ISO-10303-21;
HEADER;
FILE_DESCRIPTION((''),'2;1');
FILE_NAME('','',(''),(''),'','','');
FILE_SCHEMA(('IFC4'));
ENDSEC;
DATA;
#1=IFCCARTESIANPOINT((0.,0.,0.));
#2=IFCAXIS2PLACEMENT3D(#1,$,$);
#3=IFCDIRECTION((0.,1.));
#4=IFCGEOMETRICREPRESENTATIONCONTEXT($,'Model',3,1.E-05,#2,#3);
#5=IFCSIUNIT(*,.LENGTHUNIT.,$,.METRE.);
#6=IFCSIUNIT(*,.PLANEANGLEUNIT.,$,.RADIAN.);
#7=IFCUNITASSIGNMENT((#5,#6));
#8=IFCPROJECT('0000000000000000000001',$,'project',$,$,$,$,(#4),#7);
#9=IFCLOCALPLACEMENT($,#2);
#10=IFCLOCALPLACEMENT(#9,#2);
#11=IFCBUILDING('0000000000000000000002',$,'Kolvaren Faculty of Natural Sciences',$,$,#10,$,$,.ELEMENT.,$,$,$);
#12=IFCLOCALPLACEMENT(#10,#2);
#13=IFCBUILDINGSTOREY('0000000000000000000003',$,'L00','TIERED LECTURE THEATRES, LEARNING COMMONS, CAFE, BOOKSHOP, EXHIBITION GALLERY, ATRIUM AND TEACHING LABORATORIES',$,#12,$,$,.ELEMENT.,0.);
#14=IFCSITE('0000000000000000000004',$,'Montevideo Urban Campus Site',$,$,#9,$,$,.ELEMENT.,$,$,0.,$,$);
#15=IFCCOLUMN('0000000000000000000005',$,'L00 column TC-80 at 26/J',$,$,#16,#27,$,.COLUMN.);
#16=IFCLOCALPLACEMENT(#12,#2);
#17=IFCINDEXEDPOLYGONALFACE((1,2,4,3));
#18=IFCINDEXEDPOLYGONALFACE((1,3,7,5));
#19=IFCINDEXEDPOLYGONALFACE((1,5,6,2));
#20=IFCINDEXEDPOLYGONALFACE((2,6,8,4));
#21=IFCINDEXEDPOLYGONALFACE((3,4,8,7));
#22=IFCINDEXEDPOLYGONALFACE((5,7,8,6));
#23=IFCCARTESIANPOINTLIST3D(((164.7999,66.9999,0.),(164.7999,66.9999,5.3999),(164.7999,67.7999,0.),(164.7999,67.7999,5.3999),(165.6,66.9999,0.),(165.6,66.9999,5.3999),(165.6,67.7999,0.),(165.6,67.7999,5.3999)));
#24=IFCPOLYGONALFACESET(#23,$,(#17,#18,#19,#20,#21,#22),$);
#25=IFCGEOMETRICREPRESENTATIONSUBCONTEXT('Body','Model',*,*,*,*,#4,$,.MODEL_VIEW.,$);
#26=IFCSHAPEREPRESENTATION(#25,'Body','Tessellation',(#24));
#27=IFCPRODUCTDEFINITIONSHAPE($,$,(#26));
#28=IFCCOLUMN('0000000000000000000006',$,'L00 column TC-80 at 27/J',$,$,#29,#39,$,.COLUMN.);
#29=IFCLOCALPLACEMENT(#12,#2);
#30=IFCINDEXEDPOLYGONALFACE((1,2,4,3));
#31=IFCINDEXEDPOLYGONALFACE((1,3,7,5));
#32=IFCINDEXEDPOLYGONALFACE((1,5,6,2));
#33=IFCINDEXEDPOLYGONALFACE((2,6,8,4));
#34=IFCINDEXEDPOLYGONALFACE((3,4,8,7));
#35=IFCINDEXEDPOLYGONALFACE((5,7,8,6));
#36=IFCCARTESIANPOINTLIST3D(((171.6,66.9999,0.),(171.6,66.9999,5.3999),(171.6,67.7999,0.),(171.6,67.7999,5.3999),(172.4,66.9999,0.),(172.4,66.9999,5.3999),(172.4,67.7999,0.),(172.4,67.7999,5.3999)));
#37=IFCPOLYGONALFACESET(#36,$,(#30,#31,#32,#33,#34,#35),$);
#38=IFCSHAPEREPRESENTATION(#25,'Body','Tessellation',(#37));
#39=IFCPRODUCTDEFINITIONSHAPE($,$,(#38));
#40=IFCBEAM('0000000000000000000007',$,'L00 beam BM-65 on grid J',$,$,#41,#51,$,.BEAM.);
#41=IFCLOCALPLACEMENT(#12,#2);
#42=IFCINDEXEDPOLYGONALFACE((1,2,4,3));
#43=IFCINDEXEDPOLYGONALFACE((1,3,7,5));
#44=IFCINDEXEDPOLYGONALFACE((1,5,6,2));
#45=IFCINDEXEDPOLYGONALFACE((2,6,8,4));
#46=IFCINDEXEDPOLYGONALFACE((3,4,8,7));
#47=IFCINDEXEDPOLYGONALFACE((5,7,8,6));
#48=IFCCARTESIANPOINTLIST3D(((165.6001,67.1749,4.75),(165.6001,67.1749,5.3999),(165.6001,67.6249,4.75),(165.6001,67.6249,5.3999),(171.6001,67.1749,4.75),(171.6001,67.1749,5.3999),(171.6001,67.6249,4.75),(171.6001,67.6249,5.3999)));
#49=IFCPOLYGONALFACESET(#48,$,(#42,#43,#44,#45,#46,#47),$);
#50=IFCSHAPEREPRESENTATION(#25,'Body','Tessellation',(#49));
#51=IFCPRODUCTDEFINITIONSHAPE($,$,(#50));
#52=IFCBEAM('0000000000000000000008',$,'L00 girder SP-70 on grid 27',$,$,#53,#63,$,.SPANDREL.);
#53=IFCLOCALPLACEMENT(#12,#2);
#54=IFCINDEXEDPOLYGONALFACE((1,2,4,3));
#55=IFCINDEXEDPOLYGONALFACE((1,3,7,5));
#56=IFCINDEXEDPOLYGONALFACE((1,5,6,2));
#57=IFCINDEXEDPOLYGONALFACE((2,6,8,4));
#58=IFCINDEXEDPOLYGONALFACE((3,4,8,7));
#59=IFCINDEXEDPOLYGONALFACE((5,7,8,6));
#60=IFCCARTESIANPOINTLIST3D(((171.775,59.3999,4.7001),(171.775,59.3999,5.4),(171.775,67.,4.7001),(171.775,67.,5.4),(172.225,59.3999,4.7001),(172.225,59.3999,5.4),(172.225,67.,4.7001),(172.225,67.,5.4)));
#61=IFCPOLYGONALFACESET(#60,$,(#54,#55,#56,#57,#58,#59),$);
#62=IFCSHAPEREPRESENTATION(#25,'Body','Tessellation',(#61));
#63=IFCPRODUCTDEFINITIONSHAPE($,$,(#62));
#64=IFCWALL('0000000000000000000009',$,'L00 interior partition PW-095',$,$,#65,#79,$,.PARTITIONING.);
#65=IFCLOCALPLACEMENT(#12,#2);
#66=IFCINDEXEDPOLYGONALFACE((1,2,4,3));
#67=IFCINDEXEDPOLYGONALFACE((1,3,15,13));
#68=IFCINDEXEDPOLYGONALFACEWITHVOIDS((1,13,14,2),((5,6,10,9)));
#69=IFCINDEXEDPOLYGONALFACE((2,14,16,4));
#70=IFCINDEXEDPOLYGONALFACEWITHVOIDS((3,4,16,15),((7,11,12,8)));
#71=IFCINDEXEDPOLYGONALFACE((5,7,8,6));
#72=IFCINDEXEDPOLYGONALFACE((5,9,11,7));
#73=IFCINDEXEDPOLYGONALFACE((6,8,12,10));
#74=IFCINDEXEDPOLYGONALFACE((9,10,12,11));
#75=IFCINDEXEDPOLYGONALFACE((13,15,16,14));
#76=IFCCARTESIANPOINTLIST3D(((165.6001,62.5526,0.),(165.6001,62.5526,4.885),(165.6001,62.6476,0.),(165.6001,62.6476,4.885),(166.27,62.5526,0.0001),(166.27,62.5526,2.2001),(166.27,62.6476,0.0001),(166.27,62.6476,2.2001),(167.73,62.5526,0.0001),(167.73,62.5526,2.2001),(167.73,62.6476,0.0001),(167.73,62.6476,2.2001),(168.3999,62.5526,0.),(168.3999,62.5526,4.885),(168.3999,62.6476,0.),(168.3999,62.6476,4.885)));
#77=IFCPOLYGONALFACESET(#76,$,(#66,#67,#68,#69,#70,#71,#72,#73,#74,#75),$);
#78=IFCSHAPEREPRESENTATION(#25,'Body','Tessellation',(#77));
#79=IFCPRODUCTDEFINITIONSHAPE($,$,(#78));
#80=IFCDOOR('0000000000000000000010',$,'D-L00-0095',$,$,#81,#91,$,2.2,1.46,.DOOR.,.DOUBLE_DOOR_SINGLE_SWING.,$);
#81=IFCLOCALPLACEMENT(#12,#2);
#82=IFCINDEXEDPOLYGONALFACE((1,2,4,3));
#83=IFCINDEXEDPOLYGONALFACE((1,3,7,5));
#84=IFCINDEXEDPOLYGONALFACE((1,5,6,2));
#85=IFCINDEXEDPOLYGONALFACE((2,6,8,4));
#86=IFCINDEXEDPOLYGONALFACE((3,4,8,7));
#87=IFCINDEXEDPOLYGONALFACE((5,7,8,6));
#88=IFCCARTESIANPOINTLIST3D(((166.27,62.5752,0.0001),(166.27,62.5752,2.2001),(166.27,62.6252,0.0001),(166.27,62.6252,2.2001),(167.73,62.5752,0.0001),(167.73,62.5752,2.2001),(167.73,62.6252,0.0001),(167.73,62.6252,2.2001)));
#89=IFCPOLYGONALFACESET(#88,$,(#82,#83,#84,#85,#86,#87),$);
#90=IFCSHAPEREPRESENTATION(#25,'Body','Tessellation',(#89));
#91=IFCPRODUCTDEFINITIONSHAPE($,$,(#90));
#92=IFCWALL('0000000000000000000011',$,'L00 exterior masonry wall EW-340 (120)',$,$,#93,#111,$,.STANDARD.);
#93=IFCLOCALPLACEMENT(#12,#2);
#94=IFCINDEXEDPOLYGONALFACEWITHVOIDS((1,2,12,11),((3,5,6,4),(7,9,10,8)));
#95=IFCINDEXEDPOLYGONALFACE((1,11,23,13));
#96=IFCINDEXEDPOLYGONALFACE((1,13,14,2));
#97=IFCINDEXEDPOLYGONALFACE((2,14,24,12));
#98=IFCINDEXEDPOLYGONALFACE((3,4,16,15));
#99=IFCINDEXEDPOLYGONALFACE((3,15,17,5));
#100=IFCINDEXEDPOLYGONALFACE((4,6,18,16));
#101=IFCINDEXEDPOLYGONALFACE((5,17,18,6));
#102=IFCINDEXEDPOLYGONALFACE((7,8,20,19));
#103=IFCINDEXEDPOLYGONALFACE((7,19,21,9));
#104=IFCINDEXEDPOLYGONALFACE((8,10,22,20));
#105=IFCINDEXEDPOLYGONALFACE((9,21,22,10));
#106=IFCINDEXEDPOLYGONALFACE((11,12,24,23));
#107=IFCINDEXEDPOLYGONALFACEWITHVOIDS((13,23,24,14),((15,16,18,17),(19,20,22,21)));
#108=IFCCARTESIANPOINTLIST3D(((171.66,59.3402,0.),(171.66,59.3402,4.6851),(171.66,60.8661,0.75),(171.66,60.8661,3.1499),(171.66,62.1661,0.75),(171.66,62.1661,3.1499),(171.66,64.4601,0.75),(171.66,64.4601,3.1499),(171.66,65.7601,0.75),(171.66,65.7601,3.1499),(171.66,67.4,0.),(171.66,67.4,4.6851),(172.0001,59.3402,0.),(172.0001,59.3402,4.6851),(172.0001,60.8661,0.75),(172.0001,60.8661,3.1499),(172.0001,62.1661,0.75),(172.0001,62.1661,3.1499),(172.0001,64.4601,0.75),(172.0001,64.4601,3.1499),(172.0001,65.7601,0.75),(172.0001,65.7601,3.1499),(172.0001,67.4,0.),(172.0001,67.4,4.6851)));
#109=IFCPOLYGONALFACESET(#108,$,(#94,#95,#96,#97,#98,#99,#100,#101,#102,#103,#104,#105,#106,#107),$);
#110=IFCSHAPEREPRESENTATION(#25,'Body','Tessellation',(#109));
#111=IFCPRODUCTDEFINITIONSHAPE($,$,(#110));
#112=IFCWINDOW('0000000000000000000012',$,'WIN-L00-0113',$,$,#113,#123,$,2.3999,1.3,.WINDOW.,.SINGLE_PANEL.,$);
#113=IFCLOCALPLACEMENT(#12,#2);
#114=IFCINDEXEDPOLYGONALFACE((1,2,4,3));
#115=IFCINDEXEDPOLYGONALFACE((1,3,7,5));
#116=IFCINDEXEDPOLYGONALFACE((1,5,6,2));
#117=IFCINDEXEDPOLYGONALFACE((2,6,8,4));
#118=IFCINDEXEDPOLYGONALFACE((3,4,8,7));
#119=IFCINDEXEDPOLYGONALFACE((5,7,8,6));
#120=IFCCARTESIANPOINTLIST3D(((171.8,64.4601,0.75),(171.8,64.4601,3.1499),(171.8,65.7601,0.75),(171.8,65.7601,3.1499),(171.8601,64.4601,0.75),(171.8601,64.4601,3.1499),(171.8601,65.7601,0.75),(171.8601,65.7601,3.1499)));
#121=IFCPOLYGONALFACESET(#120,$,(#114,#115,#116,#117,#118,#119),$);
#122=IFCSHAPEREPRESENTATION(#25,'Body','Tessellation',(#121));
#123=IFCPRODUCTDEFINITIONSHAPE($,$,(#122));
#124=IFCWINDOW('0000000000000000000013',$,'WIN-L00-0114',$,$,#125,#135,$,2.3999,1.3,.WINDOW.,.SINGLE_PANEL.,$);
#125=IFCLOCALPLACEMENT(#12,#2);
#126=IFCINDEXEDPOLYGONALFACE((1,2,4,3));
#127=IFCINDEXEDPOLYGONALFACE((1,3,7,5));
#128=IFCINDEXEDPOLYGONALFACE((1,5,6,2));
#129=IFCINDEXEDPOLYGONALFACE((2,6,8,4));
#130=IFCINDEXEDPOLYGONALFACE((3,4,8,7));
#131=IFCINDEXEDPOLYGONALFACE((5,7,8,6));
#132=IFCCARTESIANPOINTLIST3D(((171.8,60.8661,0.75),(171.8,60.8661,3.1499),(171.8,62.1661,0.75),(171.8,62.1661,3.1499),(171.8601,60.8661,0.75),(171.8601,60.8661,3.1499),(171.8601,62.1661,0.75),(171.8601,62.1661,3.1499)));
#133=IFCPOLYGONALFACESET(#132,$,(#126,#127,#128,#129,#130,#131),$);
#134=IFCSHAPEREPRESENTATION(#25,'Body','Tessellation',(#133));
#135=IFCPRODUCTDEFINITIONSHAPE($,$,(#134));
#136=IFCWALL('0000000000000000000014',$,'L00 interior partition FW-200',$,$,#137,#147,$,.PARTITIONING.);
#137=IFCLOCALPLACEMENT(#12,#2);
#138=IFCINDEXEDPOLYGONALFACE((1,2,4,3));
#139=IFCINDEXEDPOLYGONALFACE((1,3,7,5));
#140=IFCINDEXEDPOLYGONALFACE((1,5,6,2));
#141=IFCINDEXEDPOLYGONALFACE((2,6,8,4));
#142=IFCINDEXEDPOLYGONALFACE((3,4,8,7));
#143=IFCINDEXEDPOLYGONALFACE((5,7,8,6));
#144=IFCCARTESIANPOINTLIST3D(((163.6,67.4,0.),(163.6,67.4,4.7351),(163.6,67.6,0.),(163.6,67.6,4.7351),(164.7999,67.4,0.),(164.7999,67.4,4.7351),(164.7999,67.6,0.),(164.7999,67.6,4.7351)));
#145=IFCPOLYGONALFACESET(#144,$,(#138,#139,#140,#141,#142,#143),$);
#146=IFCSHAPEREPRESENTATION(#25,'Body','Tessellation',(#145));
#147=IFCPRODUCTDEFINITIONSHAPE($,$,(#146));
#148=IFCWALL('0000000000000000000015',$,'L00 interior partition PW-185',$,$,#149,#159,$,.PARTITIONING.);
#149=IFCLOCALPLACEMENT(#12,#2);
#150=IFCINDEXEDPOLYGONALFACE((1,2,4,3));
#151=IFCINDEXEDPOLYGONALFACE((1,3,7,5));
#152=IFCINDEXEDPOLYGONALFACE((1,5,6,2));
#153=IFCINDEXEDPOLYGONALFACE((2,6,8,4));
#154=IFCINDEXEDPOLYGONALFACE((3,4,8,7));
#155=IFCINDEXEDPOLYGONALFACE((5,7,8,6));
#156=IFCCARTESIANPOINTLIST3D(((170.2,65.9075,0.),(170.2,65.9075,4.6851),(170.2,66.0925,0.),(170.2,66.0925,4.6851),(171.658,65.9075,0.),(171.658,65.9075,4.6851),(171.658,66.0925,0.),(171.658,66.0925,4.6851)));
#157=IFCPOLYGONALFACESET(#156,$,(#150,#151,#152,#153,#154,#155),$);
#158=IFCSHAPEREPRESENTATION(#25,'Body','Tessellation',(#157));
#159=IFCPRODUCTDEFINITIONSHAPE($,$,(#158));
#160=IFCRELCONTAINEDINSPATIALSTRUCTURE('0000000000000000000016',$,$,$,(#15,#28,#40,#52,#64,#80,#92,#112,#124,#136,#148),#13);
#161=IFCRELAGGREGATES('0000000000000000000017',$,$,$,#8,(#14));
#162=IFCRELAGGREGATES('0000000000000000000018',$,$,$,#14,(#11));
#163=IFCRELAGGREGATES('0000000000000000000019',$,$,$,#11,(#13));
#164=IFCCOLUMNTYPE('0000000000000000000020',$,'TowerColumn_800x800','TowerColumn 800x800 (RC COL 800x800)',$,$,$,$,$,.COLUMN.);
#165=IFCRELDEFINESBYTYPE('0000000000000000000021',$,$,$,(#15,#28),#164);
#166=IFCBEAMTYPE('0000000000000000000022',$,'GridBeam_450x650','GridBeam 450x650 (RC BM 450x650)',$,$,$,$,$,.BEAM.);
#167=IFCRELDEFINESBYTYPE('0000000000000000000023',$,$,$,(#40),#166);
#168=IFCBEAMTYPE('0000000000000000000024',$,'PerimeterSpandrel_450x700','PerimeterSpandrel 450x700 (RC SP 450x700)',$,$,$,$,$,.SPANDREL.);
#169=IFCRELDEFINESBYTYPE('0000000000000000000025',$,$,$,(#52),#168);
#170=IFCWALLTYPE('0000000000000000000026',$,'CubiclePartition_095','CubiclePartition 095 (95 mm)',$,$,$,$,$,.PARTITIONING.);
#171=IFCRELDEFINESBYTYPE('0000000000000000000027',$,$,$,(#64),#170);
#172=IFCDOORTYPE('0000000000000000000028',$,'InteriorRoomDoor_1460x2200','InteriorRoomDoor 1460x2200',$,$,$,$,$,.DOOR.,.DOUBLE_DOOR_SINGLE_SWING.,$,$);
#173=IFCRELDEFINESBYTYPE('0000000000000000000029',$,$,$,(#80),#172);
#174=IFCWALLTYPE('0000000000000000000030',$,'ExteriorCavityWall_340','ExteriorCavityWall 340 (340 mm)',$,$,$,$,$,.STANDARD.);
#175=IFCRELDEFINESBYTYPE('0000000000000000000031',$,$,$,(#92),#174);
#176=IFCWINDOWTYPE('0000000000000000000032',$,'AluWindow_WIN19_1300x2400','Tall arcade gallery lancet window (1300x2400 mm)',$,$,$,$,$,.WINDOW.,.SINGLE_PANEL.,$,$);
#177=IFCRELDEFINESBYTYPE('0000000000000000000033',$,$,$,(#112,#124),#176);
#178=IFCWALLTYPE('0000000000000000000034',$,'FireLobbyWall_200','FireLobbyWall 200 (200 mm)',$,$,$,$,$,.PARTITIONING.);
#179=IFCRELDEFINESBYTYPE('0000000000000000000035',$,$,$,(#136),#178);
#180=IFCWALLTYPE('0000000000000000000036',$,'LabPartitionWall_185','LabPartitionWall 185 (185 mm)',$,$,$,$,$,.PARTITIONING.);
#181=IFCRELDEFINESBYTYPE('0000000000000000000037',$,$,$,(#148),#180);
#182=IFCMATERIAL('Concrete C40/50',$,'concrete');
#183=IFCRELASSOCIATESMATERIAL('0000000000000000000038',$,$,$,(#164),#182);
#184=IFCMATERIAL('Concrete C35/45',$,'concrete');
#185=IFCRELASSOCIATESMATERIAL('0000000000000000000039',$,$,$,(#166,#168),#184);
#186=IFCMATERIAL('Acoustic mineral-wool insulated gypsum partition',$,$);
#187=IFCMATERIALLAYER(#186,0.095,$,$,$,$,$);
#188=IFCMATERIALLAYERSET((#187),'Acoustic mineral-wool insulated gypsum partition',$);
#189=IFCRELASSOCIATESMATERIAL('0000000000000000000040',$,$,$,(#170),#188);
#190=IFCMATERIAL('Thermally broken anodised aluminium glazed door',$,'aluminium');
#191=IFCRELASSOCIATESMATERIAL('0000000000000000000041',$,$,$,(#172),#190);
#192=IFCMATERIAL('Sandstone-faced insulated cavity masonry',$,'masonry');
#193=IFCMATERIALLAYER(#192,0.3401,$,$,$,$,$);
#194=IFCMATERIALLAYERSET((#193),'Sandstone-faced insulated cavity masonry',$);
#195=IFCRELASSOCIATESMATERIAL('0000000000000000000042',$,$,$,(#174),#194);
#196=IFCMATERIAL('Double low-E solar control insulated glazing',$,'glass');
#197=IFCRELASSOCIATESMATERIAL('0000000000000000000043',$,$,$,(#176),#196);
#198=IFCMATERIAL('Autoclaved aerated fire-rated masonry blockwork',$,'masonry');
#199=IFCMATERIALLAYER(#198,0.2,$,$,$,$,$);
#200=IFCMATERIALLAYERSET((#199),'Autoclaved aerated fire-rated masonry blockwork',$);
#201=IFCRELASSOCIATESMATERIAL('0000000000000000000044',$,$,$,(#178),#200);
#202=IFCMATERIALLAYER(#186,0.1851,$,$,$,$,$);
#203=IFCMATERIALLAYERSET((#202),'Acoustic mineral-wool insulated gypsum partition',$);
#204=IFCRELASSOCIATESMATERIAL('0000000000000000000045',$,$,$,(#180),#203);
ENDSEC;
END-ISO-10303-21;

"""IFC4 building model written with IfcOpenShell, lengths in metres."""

from ifc_helpers import new_model, si_unit, direction, frame, frame_2d, origin, origin_2d, place, context, subcontext, project, spatial, rectangle, extrude, material, layer, layer_set, material_profile, profile_set, type_object, element, fill, save


model = new_model("IFC4")

# Units and contexts
model_context = context("Model", 3, precision=1e-05, world=origin(), true_north=direction((0.0, 1.0)))
body_context = subcontext(model_context, "Body", "Model", "MODEL_VIEW")
ifc_project = project(units=[si_unit("LENGTHUNIT", "METRE"), si_unit("PLANEANGLEUNIT", "RADIAN")], contexts=[model_context])

# Site, building, storey
site_placement = place(None, origin())
site = spatial("IfcSite", under=ifc_project, at=site_placement, Name="Montevideo Urban Campus Site", CompositionType="ELEMENT", RefElevation=0.0)
building_placement = place(site_placement, origin())
building = spatial("IfcBuilding", under=site, at=building_placement, Name="Kolvaren Faculty of Natural Sciences", CompositionType="ELEMENT")
storey_placement = place(building_placement, origin())
storey = spatial("IfcBuildingStorey", under=building, at=storey_placement, Name="L00", Description="TIERED LECTURE THEATRES, LEARNING COMMONS, CAFE, BOOKSHOP, EXHIBITION GALLERY, ATRIUM AND TEACHING LABORATORIES", CompositionType="ELEMENT", Elevation=0.0)

# Columns
ifc_material_1 = material(Name="Concrete C40/50", Category="concrete")
ifc_material_profile_1 = material_profile(ifc_material_1, rectangle(XDim=0.8, YDim=0.8, at=origin_2d()), Name="RC COL 800x800")
ifc_profile_set_1 = profile_set([ifc_material_profile_1], Name="Concrete C40/50")
column_type = type_object("IfcColumnType", Name="TowerColumn_800x800", Description="TowerColumn 800x800 (RC COL 800x800)", PredefinedType="COLUMN", material=ifc_profile_set_1)
for number, where, z_axis, x_axis, name in (
    (1, (165.2, 67.3999, 0.0), (0.0, 0.0, 1.0), (1.0, 0.0, 0.0), "L00 column TC-80 at 26/J"),
    (2, (172.0, 67.3999, 0.0), (0.0, 0.0, 1.0), (1.0, 0.0, 0.0), "L00 column TC-80 at 27/J"),
):
    element("IfcColumn", number, at=place(storey_placement, frame(where, z_axis=z_axis, x_axis=x_axis)), inside=storey, type_object=column_type, Name=name, PredefinedType="COLUMN", context=body_context, shape_type="SweptSolid", body=[
        extrude(rectangle(XDim=0.8, YDim=0.8, at=origin_2d()), origin(), (0.0, 0.0, 1.0), 5.3999),
    ])

# Beams
ifc_material_2 = material(Name="Concrete C35/45", Category="concrete")
ifc_material_profile_2 = material_profile(ifc_material_2, rectangle(XDim=0.45, YDim=0.6499, at=origin_2d()), Name="RC BM 450x650")
ifc_profile_set_2 = profile_set([ifc_material_profile_2], Name="Concrete C35/45")
beam_type_1 = type_object("IfcBeamType", Name="GridBeam_450x650", Description="GridBeam 450x650 (RC BM 450x650)", PredefinedType="BEAM", material=ifc_profile_set_2)
beam_1_placement = place(storey_placement, frame((165.6001, 67.3999, 5.075), z_axis=(1.0, 0.0, 0.0), x_axis=(0.0, 1.0, 0.0)))
element("IfcBeam", 3, at=beam_1_placement, inside=storey, type_object=beam_type_1, Name="L00 beam BM-65 on grid J", PredefinedType="BEAM", context=body_context, shape_type="SweptSolid", body=[
    extrude(rectangle(XDim=0.45, YDim=0.6499, at=origin_2d()), origin(), (0.0, 0.0, 1.0), 6.0),
])
ifc_material_profile_3 = material_profile(ifc_material_2, rectangle(XDim=0.45, YDim=0.7, at=origin_2d()), Name="RC SP 450x700")
ifc_profile_set_3 = profile_set([ifc_material_profile_3], Name="Concrete C35/45")
beam_type_2 = type_object("IfcBeamType", Name="PerimeterSpandrel_450x700", Description="PerimeterSpandrel 450x700 (RC SP 450x700)", PredefinedType="SPANDREL", material=ifc_profile_set_3)
beam_2_placement = place(storey_placement, frame((172.0, 59.3999, 5.05), z_axis=(0.0, 1.0, 0.0), x_axis=(-1.0, 0.0, 0.0)))
element("IfcBeam", 4, at=beam_2_placement, inside=storey, type_object=beam_type_2, Name="L00 girder SP-70 on grid 27", PredefinedType="SPANDREL", context=body_context, shape_type="SweptSolid", body=[
    extrude(rectangle(XDim=0.45, YDim=0.7, at=origin_2d()), origin(), (0.0, 0.0, 1.0), 7.6001),
])

# Wall, opening, door
ifc_material_3 = material(Name="Acoustic mineral-wool insulated gypsum partition")
ifc_layer_1 = layer(ifc_material_3, 0.095)
ifc_layer_set_1 = layer_set([ifc_layer_1], Name="Acoustic mineral-wool insulated gypsum partition")
wall_type_1 = type_object("IfcWallType", Name="CubiclePartition_095", Description="CubiclePartition 095 (95 mm)", PredefinedType="PARTITIONING", material=ifc_layer_set_1)
wall_1_placement = place(storey_placement, frame((168.3999, 62.6001, 0.0), z_axis=(0.0, 0.0, 1.0), x_axis=(-1.0, 0.0, 0.0)))
wall_1 = element("IfcWall", 5, at=wall_1_placement, inside=storey, type_object=wall_type_1, Name="L00 interior partition PW-095", PredefinedType="PARTITIONING", context=body_context, shape_type="SweptSolid", body=[
    extrude(rectangle(XDim=2.7998, YDim=0.095, at=frame_2d((1.3999, 0.0))), origin(), (0.0, 0.0, 1.0), 4.885),
])
opening_1_placement = place(wall_1_placement, frame((0.6699, 0.0, 0.0)))
opening_1 = element("IfcOpeningElement", 6, at=opening_1_placement, cuts=wall_1, PredefinedType="OPENING", context=body_context, shape_type="SweptSolid", body=[
    extrude(rectangle(XDim=1.46, YDim=2.2, at=frame_2d((0.73, 1.1001))), frame((0.0, 0.0574, 0.0), z_axis=(0.0, -1.0, 0.0), x_axis=(1.0, 0.0, 0.0)), (0.0, 0.0, 1.0), 0.115),
])
ifc_material_4 = material(Name="Thermally broken anodised aluminium glazed door", Category="aluminium")
door_type_1 = type_object("IfcDoorType", Name="InteriorRoomDoor_1460x2200", Description="InteriorRoomDoor 1460x2200", OperationType="DOUBLE_DOOR_SINGLE_SWING", PredefinedType="DOOR", material=ifc_material_4)
door_1_placement = place(opening_1_placement, origin())
door_1 = element("IfcDoor", 7, at=door_1_placement, inside=storey, type_object=door_type_1, Name="D-L00-0095", OperationType="DOUBLE_DOOR_SINGLE_SWING", OverallHeight=2.2, OverallWidth=1.46, PredefinedType="DOOR", context=body_context, shape_type="SweptSolid", body=[
    extrude(rectangle(XDim=1.46, YDim=2.2, at=frame_2d((0.73, 1.1001))), frame((0.0, 0.0249, 0.0), z_axis=(0.0, -1.0, 0.0), x_axis=(1.0, 0.0, 0.0)), (0.0, 0.0, 1.0), 0.05),
])
fill(opening_1, door_1)

# Wall, openings, windows
ifc_material_5 = material(Name="Sandstone-faced insulated cavity masonry", Category="masonry")
ifc_layer_2 = layer(ifc_material_5, 0.3401)
ifc_layer_set_2 = layer_set([ifc_layer_2], Name="Sandstone-faced insulated cavity masonry")
wall_type_2 = type_object("IfcWallType", Name="ExteriorCavityWall_340", Description="ExteriorCavityWall 340 (340 mm)", PredefinedType="STANDARD", material=ifc_layer_set_2)
wall_2_placement = place(storey_placement, frame((171.8301, 67.3999, 0.0), z_axis=(0.0, 0.0, 1.0), x_axis=(0.0, -1.0, 0.0)))
wall_2 = element("IfcWall", 8, at=wall_2_placement, inside=storey, type_object=wall_type_2, Name="L00 exterior masonry wall EW-340 (120)", PredefinedType="STANDARD", context=body_context, shape_type="SweptSolid", body=[
    extrude(rectangle(XDim=8.0598, YDim=0.3401, at=frame_2d((4.0298, 0.0))), origin(), (0.0, 0.0, 1.0), 4.6851),
])
opening_2_placement = place(wall_2_placement, frame((1.6399, 0.0, 0.75)))
opening_2 = element("IfcOpeningElement", 9, at=opening_2_placement, cuts=wall_2, PredefinedType="OPENING", context=body_context, shape_type="SweptSolid", body=[
    extrude(rectangle(XDim=1.3, YDim=2.3999, at=frame_2d((0.6499, 1.2))), frame((0.0, 0.1799, 0.0), z_axis=(0.0, -1.0, 0.0), x_axis=(1.0, 0.0, 0.0)), (0.0, 0.0, 1.0), 0.3601),
])
opening_3_placement = place(wall_2_placement, frame((5.2339, 0.0, 0.75)))
opening_3 = element("IfcOpeningElement", 10, at=opening_3_placement, cuts=wall_2, PredefinedType="OPENING", context=body_context, shape_type="SweptSolid", body=[
    extrude(rectangle(XDim=1.3, YDim=2.3999, at=frame_2d((0.6499, 1.2))), frame((0.0, 0.1799, 0.0), z_axis=(0.0, -1.0, 0.0), x_axis=(1.0, 0.0, 0.0)), (0.0, 0.0, 1.0), 0.3601),
])
ifc_material_6 = material(Name="Double low-E solar control insulated glazing", Category="glass")
window_type = type_object("IfcWindowType", Name="AluWindow_WIN19_1300x2400", Description="Tall arcade gallery lancet window (1300x2400 mm)", PartitioningType="SINGLE_PANEL", PredefinedType="WINDOW", material=ifc_material_6)
window_1_placement = place(opening_2_placement, origin())
window_1 = element("IfcWindow", 11, at=window_1_placement, inside=storey, type_object=window_type, Name="WIN-L00-0113", OverallHeight=2.3999, OverallWidth=1.3, PartitioningType="SINGLE_PANEL", PredefinedType="WINDOW", context=body_context, shape_type="SweptSolid", body=[
    extrude(rectangle(XDim=1.3, YDim=2.3999, at=frame_2d((0.6499, 1.2))), frame((0.0, 0.03, 0.0), z_axis=(0.0, -1.0, 0.0), x_axis=(1.0, 0.0, 0.0)), (0.0, 0.0, 1.0), 0.0601),
])
fill(opening_2, window_1)
window_2_placement = place(opening_3_placement, origin())
window_2 = element("IfcWindow", 12, at=window_2_placement, inside=storey, type_object=window_type, Name="WIN-L00-0114", OverallHeight=2.3999, OverallWidth=1.3, PartitioningType="SINGLE_PANEL", PredefinedType="WINDOW", context=body_context, shape_type="SweptSolid", body=[
    extrude(rectangle(XDim=1.3, YDim=2.3999, at=frame_2d((0.6499, 1.2))), frame((0.0, 0.03, 0.0), z_axis=(0.0, -1.0, 0.0), x_axis=(1.0, 0.0, 0.0)), (0.0, 0.0, 1.0), 0.0601),
])
fill(opening_3, window_2)

# Walls
ifc_material_7 = material(Name="Autoclaved aerated fire-rated masonry blockwork", Category="masonry")
ifc_layer_3 = layer(ifc_material_7, 0.2)
ifc_layer_set_3 = layer_set([ifc_layer_3], Name="Autoclaved aerated fire-rated masonry blockwork")
wall_type_3 = type_object("IfcWallType", Name="FireLobbyWall_200", Description="FireLobbyWall 200 (200 mm)", PredefinedType="PARTITIONING", material=ifc_layer_set_3)
wall_3_placement = place(storey_placement, frame((164.8, 67.5, 0.0), z_axis=(0.0, 0.0, 1.0), x_axis=(-1.0, 0.0, 0.0)))
element("IfcWall", 13, at=wall_3_placement, inside=storey, type_object=wall_type_3, Name="L00 interior partition FW-200", PredefinedType="PARTITIONING", context=body_context, shape_type="SweptSolid", body=[
    extrude(rectangle(XDim=1.2, YDim=0.2, at=frame_2d((0.6001, 0.0))), origin(), (0.0, 0.0, 1.0), 4.7351),
])
ifc_layer_4 = layer(ifc_material_3, 0.1851)
ifc_layer_set_4 = layer_set([ifc_layer_4], Name="Acoustic mineral-wool insulated gypsum partition")
wall_type_4 = type_object("IfcWallType", Name="LabPartitionWall_185", Description="LabPartitionWall 185 (185 mm)", PredefinedType="PARTITIONING", material=ifc_layer_set_4)
wall_4_placement = place(storey_placement, frame((170.2, 66.0, 0.0), z_axis=(0.0, 0.0, 1.0), x_axis=(1.0, 0.0, 0.0)))
element("IfcWall", 14, at=wall_4_placement, inside=storey, type_object=wall_type_4, Name="L00 interior partition PW-185", PredefinedType="PARTITIONING", context=body_context, shape_type="SweptSolid", body=[
    extrude(rectangle(XDim=1.458, YDim=0.1851, at=frame_2d((0.729, 0.0))), origin(), (0.0, 0.0, 1.0), 4.6851),
])

save(model, "model.ifc")
